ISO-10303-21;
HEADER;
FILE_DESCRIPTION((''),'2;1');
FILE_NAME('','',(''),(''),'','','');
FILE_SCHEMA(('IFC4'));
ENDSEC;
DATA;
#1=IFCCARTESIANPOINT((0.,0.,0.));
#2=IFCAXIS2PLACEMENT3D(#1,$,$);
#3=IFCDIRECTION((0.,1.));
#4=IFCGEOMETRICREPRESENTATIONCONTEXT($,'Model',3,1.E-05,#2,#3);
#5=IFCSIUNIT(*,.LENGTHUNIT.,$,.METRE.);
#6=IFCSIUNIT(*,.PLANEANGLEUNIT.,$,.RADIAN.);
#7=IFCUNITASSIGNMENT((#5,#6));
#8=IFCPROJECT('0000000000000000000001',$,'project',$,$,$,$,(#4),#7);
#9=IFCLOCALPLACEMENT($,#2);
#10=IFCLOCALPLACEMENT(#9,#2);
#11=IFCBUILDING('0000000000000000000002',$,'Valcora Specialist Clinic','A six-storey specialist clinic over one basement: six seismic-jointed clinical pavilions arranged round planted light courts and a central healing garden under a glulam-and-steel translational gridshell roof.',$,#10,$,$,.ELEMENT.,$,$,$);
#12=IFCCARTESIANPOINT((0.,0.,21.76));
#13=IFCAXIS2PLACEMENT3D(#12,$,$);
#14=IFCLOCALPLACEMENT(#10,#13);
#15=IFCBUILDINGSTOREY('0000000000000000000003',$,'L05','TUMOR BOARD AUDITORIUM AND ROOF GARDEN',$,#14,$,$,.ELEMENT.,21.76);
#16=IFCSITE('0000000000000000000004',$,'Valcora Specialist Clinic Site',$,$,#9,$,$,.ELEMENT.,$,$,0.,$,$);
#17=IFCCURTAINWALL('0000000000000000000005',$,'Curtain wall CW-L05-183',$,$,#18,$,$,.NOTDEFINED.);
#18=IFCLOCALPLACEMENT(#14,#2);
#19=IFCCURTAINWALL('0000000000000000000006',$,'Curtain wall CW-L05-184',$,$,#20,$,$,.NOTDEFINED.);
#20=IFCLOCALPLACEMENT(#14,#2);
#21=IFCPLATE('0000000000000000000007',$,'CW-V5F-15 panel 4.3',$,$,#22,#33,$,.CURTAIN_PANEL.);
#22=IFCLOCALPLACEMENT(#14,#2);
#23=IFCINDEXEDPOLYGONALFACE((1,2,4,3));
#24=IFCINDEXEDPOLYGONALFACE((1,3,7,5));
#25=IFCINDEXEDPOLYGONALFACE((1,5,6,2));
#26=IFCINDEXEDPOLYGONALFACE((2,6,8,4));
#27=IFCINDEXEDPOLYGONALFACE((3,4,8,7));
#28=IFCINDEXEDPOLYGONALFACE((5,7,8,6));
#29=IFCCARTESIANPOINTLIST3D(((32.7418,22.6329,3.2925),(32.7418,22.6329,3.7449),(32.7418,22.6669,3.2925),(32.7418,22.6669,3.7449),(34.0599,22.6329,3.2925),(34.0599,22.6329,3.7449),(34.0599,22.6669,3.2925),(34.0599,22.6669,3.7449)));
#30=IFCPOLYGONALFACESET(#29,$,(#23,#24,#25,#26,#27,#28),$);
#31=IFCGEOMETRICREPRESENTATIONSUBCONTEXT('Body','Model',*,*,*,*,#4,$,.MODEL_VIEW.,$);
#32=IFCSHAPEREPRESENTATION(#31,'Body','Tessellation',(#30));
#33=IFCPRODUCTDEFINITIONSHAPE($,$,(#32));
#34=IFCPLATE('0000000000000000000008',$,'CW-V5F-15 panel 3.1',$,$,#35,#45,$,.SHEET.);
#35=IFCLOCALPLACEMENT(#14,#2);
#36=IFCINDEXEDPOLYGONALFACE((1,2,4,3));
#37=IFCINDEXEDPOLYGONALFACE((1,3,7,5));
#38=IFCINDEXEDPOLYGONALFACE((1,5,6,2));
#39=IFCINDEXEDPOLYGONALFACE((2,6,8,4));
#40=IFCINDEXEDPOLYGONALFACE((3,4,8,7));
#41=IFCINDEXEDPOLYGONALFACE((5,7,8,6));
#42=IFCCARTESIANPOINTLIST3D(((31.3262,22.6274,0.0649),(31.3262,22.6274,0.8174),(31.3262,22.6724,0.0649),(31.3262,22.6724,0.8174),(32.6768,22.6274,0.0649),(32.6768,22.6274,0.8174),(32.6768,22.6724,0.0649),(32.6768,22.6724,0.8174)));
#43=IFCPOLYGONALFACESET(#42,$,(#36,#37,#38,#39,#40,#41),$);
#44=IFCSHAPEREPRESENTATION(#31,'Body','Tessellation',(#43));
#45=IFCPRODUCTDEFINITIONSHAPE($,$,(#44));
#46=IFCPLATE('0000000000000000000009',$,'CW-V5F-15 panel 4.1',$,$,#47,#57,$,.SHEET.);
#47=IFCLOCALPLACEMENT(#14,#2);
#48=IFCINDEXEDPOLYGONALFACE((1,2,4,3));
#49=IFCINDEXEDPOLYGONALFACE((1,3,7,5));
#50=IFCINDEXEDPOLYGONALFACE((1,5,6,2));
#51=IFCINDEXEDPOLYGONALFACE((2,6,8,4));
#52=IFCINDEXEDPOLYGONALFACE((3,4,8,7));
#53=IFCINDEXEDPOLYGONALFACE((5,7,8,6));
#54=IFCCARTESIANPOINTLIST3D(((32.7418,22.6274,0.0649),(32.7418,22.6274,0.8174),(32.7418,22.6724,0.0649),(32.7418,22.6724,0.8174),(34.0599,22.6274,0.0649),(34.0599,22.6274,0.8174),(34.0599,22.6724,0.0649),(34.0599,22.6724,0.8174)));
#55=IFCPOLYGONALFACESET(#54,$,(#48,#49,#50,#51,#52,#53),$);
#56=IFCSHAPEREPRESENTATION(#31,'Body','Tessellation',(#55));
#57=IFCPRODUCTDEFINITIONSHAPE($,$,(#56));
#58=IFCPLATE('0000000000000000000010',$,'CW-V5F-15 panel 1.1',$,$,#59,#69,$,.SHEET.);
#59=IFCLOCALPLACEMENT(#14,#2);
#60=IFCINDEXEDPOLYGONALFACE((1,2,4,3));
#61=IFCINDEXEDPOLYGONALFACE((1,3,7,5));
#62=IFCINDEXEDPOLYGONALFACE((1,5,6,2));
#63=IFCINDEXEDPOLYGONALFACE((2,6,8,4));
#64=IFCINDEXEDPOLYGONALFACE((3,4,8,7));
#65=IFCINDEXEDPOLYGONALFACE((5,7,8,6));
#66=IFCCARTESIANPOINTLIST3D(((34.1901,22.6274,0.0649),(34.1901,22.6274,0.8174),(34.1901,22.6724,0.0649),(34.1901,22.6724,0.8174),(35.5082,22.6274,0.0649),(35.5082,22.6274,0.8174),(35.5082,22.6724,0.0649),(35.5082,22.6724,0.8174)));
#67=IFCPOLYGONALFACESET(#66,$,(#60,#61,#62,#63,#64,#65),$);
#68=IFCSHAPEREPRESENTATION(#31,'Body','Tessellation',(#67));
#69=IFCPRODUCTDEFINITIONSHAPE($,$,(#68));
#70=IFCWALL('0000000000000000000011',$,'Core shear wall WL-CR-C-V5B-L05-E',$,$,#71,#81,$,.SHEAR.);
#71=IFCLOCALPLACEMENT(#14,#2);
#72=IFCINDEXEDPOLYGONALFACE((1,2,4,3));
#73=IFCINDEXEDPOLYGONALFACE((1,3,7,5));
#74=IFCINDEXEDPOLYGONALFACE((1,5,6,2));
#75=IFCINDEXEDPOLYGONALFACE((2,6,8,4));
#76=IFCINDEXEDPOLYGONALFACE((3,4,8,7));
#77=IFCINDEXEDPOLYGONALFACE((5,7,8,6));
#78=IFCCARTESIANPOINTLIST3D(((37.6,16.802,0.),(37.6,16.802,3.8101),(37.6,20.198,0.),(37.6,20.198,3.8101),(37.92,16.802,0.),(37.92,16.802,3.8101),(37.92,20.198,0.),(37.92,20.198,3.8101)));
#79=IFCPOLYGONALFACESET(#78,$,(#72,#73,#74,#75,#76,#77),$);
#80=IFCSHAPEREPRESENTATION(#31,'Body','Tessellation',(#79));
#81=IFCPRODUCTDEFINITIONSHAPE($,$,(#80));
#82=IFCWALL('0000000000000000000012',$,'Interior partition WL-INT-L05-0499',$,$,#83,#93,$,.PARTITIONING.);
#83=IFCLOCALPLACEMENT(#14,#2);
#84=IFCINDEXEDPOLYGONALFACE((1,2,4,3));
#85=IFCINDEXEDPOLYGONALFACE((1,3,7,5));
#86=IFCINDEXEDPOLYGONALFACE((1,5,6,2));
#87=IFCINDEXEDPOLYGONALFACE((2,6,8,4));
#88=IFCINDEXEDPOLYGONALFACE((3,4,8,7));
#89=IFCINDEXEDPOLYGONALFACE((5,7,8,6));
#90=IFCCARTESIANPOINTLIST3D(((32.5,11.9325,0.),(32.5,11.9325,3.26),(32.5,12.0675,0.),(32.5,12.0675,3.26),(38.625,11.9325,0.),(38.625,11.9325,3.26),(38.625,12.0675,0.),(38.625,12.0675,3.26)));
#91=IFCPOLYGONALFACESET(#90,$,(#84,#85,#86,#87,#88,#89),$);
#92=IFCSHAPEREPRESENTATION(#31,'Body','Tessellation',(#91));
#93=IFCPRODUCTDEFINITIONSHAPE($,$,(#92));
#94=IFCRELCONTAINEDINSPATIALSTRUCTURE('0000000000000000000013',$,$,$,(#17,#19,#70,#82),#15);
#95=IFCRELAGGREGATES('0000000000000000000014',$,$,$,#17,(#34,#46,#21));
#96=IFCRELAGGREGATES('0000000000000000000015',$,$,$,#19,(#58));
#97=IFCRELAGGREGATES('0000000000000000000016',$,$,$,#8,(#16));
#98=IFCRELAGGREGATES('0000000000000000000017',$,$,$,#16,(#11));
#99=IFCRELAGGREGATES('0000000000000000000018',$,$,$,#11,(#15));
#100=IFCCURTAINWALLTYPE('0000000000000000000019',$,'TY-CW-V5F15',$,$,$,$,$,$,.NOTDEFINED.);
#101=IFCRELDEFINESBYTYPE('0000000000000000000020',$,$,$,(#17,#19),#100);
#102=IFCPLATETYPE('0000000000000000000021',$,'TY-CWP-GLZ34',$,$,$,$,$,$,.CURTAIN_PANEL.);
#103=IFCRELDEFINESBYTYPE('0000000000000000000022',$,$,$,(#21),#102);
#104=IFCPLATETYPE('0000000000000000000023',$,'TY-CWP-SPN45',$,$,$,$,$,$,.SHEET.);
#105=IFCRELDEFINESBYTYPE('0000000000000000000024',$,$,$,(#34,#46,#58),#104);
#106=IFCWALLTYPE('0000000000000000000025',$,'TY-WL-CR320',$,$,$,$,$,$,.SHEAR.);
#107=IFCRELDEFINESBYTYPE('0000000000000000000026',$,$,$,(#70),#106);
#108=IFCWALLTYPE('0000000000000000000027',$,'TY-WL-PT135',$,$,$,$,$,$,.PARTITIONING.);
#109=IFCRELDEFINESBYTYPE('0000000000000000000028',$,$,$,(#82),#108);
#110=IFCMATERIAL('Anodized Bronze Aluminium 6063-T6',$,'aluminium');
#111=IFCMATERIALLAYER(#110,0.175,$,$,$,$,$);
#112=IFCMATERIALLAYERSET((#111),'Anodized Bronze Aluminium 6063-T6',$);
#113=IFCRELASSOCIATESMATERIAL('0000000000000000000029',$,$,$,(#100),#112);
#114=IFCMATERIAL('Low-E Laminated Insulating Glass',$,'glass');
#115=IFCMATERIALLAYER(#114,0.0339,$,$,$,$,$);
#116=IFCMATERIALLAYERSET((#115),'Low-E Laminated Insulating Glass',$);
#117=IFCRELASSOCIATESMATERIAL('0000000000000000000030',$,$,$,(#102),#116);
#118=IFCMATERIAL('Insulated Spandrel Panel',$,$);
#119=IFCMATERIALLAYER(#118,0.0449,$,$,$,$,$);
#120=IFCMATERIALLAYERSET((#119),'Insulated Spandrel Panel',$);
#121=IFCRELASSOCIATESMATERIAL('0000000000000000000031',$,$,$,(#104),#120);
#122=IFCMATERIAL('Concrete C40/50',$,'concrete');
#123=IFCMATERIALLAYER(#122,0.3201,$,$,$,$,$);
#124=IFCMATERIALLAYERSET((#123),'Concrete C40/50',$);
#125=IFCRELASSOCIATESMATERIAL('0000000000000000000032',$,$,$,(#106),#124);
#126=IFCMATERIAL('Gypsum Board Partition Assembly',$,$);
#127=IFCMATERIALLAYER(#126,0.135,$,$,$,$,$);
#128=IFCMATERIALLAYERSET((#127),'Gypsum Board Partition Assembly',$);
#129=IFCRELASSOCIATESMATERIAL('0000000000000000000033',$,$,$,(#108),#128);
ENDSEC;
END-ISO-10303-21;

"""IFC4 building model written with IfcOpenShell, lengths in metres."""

from ifc_helpers import new_model, si_unit, direction, frame, frame_2d, origin, origin_2d, place, context, subcontext, project, spatial, rectangle, extrude, material, layer, layer_set, type_object, element, aggregate, save


model = new_model("IFC4")

# Units and contexts
model_context = context("Model", 3, precision=1e-05, world=origin(), true_north=direction((0.0, 1.0)))
body_context = subcontext(model_context, "Body", "Model", "MODEL_VIEW")
ifc_project = project(units=[si_unit("LENGTHUNIT", "METRE"), si_unit("PLANEANGLEUNIT", "RADIAN")], contexts=[model_context])

# Site, building, storey
site_placement = place(None, origin())
site = spatial("IfcSite", under=ifc_project, at=site_placement, Name="Valcora Specialist Clinic Site", CompositionType="ELEMENT", RefElevation=0.0)
building_placement = place(site_placement, origin())
building = spatial("IfcBuilding", under=site, at=building_placement, Name="Valcora Specialist Clinic", Description="A six-storey specialist clinic over one basement: six seismic-jointed clinical pavilions arranged round planted light courts and a central healing garden under a glulam-and-steel translational gridshell roof.", CompositionType="ELEMENT")
storey_placement = place(building_placement, frame((0.0, 0.0, 21.76)))
storey = spatial("IfcBuildingStorey", under=building, at=storey_placement, Name="L05", Description="TUMOR BOARD AUDITORIUM AND ROOF GARDEN", CompositionType="ELEMENT", Elevation=21.76)

# Shared definitions
ifc_material_1 = material(Name="Concrete C40/50", Category="concrete")

# Curtain walls
ifc_material_2 = material(Name="Anodized Bronze Aluminium 6063-T6", Category="aluminium")
ifc_layer_1 = layer(ifc_material_2, 0.175)
ifc_layer_set_1 = layer_set([ifc_layer_1], Name="Anodized Bronze Aluminium 6063-T6")
curtain_wall_type = type_object("IfcCurtainWallType", Name="TY-CW-V5F15", PredefinedType="NOTDEFINED", material=ifc_layer_set_1)
curtain_wall_1_placement = place(storey_placement, origin())
curtain_wall_1 = element("IfcCurtainWall", 1, at=curtain_wall_1_placement, inside=storey, type_object=curtain_wall_type, Name="Curtain wall CW-L05-183", PredefinedType="NOTDEFINED")
curtain_wall_2_placement = place(storey_placement, origin())
curtain_wall_2 = element("IfcCurtainWall", 2, at=curtain_wall_2_placement, inside=storey, type_object=curtain_wall_type, Name="Curtain wall CW-L05-184", PredefinedType="NOTDEFINED")

# Plates
ifc_material_3 = material(Name="Low-E Laminated Insulating Glass", Category="glass")
ifc_layer_2 = layer(ifc_material_3, 0.0339)
ifc_layer_set_2 = layer_set([ifc_layer_2], Name="Low-E Laminated Insulating Glass")
plate_type_1 = type_object("IfcPlateType", Name="TY-CWP-GLZ34", PredefinedType="CURTAIN_PANEL", material=ifc_layer_set_2)
plate_1_placement = place(storey_placement, frame((33.4009, 22.6499, 3.2925), z_axis=(0.0, 0.0, 1.0), x_axis=(1.0, 0.0, 0.0)))
plate_1 = element("IfcPlate", 3, at=plate_1_placement, type_object=plate_type_1, Name="CW-V5F-15 panel 4.3", PredefinedType="CURTAIN_PANEL", context=body_context, shape_type="SweptSolid", body=[
    extrude(rectangle(XDim=1.3181, YDim=0.0339, at=origin_2d()), origin(), (0.0, 0.0, 1.0), 0.4524),
])
ifc_material_4 = material(Name="Insulated Spandrel Panel")
ifc_layer_3 = layer(ifc_material_4, 0.0449)
ifc_layer_set_3 = layer_set([ifc_layer_3], Name="Insulated Spandrel Panel")
plate_type_2 = type_object("IfcPlateType", Name="TY-CWP-SPN45", PredefinedType="SHEET", material=ifc_layer_set_3)
plate_2_placement = place(storey_placement, frame((32.0015, 22.6499, 0.0649), z_axis=(0.0, 0.0, 1.0), x_axis=(1.0, 0.0, 0.0)))
plate_2 = element("IfcPlate", 4, at=plate_2_placement, type_object=plate_type_2, Name="CW-V5F-15 panel 3.1", PredefinedType="SHEET", context=body_context, shape_type="SweptSolid", body=[
    extrude(rectangle(XDim=1.3506, YDim=0.0449, at=origin_2d()), origin(), (0.0, 0.0, 1.0), 0.7524),
])
plate_3_placement = place(storey_placement, frame((33.4009, 22.6499, 0.0649), z_axis=(0.0, 0.0, 1.0), x_axis=(1.0, 0.0, 0.0)))
plate_3 = element("IfcPlate", 5, at=plate_3_placement, type_object=plate_type_2, Name="CW-V5F-15 panel 4.1", PredefinedType="SHEET", context=body_context, shape_type="SweptSolid", body=[
    extrude(rectangle(XDim=1.3181, YDim=0.0449, at=origin_2d()), origin(), (0.0, 0.0, 1.0), 0.7524),
])
aggregate(curtain_wall_1, [plate_2, plate_3, plate_1])
plate_4_placement = place(storey_placement, frame((34.8491, 22.6499, 0.0649), z_axis=(0.0, 0.0, 1.0), x_axis=(1.0, 0.0, 0.0)))
plate_4 = element("IfcPlate", 6, at=plate_4_placement, type_object=plate_type_2, Name="CW-V5F-15 panel 1.1", PredefinedType="SHEET", context=body_context, shape_type="SweptSolid", body=[
    extrude(rectangle(XDim=1.3181, YDim=0.0449, at=origin_2d()), origin(), (0.0, 0.0, 1.0), 0.7524),
])
aggregate(curtain_wall_2, [plate_4])

# Walls
ifc_layer_4 = layer(ifc_material_1, 0.3201)
ifc_layer_set_4 = layer_set([ifc_layer_4], Name="Concrete C40/50")
wall_type_1 = type_object("IfcWallType", Name="TY-WL-CR320", PredefinedType="SHEAR", material=ifc_layer_set_4)
wall_1_placement = place(storey_placement, frame((37.76, 16.802, 0.0), z_axis=(0.0, 0.0, 1.0), x_axis=(0.0, 1.0, 0.0)))
element("IfcWall", 7, at=wall_1_placement, inside=storey, type_object=wall_type_1, Name="Core shear wall WL-CR-C-V5B-L05-E", PredefinedType="SHEAR", context=body_context, shape_type="SweptSolid", body=[
    extrude(rectangle(XDim=3.396, YDim=0.3201, at=frame_2d((1.698, 0.0))), origin(), (0.0, 0.0, 1.0), 3.8101),
])
ifc_material_5 = material(Name="Gypsum Board Partition Assembly")
ifc_layer_5 = layer(ifc_material_5, 0.135)
ifc_layer_set_5 = layer_set([ifc_layer_5], Name="Gypsum Board Partition Assembly")
wall_type_2 = type_object("IfcWallType", Name="TY-WL-PT135", PredefinedType="PARTITIONING", material=ifc_layer_set_5)
wall_2_placement = place(storey_placement, frame((32.5, 12.0, 0.0), z_axis=(0.0, 0.0, 1.0), x_axis=(1.0, 0.0, 0.0)))
element("IfcWall", 8, at=wall_2_placement, inside=storey, type_object=wall_type_2, Name="Interior partition WL-INT-L05-0499", PredefinedType="PARTITIONING", context=body_context, shape_type="SweptSolid", body=[
    extrude(rectangle(XDim=6.125, YDim=0.135, at=frame_2d((3.0625, 0.0))), origin(), (0.0, 0.0, 1.0), 3.26),
])

save(model, "model.ifc")
